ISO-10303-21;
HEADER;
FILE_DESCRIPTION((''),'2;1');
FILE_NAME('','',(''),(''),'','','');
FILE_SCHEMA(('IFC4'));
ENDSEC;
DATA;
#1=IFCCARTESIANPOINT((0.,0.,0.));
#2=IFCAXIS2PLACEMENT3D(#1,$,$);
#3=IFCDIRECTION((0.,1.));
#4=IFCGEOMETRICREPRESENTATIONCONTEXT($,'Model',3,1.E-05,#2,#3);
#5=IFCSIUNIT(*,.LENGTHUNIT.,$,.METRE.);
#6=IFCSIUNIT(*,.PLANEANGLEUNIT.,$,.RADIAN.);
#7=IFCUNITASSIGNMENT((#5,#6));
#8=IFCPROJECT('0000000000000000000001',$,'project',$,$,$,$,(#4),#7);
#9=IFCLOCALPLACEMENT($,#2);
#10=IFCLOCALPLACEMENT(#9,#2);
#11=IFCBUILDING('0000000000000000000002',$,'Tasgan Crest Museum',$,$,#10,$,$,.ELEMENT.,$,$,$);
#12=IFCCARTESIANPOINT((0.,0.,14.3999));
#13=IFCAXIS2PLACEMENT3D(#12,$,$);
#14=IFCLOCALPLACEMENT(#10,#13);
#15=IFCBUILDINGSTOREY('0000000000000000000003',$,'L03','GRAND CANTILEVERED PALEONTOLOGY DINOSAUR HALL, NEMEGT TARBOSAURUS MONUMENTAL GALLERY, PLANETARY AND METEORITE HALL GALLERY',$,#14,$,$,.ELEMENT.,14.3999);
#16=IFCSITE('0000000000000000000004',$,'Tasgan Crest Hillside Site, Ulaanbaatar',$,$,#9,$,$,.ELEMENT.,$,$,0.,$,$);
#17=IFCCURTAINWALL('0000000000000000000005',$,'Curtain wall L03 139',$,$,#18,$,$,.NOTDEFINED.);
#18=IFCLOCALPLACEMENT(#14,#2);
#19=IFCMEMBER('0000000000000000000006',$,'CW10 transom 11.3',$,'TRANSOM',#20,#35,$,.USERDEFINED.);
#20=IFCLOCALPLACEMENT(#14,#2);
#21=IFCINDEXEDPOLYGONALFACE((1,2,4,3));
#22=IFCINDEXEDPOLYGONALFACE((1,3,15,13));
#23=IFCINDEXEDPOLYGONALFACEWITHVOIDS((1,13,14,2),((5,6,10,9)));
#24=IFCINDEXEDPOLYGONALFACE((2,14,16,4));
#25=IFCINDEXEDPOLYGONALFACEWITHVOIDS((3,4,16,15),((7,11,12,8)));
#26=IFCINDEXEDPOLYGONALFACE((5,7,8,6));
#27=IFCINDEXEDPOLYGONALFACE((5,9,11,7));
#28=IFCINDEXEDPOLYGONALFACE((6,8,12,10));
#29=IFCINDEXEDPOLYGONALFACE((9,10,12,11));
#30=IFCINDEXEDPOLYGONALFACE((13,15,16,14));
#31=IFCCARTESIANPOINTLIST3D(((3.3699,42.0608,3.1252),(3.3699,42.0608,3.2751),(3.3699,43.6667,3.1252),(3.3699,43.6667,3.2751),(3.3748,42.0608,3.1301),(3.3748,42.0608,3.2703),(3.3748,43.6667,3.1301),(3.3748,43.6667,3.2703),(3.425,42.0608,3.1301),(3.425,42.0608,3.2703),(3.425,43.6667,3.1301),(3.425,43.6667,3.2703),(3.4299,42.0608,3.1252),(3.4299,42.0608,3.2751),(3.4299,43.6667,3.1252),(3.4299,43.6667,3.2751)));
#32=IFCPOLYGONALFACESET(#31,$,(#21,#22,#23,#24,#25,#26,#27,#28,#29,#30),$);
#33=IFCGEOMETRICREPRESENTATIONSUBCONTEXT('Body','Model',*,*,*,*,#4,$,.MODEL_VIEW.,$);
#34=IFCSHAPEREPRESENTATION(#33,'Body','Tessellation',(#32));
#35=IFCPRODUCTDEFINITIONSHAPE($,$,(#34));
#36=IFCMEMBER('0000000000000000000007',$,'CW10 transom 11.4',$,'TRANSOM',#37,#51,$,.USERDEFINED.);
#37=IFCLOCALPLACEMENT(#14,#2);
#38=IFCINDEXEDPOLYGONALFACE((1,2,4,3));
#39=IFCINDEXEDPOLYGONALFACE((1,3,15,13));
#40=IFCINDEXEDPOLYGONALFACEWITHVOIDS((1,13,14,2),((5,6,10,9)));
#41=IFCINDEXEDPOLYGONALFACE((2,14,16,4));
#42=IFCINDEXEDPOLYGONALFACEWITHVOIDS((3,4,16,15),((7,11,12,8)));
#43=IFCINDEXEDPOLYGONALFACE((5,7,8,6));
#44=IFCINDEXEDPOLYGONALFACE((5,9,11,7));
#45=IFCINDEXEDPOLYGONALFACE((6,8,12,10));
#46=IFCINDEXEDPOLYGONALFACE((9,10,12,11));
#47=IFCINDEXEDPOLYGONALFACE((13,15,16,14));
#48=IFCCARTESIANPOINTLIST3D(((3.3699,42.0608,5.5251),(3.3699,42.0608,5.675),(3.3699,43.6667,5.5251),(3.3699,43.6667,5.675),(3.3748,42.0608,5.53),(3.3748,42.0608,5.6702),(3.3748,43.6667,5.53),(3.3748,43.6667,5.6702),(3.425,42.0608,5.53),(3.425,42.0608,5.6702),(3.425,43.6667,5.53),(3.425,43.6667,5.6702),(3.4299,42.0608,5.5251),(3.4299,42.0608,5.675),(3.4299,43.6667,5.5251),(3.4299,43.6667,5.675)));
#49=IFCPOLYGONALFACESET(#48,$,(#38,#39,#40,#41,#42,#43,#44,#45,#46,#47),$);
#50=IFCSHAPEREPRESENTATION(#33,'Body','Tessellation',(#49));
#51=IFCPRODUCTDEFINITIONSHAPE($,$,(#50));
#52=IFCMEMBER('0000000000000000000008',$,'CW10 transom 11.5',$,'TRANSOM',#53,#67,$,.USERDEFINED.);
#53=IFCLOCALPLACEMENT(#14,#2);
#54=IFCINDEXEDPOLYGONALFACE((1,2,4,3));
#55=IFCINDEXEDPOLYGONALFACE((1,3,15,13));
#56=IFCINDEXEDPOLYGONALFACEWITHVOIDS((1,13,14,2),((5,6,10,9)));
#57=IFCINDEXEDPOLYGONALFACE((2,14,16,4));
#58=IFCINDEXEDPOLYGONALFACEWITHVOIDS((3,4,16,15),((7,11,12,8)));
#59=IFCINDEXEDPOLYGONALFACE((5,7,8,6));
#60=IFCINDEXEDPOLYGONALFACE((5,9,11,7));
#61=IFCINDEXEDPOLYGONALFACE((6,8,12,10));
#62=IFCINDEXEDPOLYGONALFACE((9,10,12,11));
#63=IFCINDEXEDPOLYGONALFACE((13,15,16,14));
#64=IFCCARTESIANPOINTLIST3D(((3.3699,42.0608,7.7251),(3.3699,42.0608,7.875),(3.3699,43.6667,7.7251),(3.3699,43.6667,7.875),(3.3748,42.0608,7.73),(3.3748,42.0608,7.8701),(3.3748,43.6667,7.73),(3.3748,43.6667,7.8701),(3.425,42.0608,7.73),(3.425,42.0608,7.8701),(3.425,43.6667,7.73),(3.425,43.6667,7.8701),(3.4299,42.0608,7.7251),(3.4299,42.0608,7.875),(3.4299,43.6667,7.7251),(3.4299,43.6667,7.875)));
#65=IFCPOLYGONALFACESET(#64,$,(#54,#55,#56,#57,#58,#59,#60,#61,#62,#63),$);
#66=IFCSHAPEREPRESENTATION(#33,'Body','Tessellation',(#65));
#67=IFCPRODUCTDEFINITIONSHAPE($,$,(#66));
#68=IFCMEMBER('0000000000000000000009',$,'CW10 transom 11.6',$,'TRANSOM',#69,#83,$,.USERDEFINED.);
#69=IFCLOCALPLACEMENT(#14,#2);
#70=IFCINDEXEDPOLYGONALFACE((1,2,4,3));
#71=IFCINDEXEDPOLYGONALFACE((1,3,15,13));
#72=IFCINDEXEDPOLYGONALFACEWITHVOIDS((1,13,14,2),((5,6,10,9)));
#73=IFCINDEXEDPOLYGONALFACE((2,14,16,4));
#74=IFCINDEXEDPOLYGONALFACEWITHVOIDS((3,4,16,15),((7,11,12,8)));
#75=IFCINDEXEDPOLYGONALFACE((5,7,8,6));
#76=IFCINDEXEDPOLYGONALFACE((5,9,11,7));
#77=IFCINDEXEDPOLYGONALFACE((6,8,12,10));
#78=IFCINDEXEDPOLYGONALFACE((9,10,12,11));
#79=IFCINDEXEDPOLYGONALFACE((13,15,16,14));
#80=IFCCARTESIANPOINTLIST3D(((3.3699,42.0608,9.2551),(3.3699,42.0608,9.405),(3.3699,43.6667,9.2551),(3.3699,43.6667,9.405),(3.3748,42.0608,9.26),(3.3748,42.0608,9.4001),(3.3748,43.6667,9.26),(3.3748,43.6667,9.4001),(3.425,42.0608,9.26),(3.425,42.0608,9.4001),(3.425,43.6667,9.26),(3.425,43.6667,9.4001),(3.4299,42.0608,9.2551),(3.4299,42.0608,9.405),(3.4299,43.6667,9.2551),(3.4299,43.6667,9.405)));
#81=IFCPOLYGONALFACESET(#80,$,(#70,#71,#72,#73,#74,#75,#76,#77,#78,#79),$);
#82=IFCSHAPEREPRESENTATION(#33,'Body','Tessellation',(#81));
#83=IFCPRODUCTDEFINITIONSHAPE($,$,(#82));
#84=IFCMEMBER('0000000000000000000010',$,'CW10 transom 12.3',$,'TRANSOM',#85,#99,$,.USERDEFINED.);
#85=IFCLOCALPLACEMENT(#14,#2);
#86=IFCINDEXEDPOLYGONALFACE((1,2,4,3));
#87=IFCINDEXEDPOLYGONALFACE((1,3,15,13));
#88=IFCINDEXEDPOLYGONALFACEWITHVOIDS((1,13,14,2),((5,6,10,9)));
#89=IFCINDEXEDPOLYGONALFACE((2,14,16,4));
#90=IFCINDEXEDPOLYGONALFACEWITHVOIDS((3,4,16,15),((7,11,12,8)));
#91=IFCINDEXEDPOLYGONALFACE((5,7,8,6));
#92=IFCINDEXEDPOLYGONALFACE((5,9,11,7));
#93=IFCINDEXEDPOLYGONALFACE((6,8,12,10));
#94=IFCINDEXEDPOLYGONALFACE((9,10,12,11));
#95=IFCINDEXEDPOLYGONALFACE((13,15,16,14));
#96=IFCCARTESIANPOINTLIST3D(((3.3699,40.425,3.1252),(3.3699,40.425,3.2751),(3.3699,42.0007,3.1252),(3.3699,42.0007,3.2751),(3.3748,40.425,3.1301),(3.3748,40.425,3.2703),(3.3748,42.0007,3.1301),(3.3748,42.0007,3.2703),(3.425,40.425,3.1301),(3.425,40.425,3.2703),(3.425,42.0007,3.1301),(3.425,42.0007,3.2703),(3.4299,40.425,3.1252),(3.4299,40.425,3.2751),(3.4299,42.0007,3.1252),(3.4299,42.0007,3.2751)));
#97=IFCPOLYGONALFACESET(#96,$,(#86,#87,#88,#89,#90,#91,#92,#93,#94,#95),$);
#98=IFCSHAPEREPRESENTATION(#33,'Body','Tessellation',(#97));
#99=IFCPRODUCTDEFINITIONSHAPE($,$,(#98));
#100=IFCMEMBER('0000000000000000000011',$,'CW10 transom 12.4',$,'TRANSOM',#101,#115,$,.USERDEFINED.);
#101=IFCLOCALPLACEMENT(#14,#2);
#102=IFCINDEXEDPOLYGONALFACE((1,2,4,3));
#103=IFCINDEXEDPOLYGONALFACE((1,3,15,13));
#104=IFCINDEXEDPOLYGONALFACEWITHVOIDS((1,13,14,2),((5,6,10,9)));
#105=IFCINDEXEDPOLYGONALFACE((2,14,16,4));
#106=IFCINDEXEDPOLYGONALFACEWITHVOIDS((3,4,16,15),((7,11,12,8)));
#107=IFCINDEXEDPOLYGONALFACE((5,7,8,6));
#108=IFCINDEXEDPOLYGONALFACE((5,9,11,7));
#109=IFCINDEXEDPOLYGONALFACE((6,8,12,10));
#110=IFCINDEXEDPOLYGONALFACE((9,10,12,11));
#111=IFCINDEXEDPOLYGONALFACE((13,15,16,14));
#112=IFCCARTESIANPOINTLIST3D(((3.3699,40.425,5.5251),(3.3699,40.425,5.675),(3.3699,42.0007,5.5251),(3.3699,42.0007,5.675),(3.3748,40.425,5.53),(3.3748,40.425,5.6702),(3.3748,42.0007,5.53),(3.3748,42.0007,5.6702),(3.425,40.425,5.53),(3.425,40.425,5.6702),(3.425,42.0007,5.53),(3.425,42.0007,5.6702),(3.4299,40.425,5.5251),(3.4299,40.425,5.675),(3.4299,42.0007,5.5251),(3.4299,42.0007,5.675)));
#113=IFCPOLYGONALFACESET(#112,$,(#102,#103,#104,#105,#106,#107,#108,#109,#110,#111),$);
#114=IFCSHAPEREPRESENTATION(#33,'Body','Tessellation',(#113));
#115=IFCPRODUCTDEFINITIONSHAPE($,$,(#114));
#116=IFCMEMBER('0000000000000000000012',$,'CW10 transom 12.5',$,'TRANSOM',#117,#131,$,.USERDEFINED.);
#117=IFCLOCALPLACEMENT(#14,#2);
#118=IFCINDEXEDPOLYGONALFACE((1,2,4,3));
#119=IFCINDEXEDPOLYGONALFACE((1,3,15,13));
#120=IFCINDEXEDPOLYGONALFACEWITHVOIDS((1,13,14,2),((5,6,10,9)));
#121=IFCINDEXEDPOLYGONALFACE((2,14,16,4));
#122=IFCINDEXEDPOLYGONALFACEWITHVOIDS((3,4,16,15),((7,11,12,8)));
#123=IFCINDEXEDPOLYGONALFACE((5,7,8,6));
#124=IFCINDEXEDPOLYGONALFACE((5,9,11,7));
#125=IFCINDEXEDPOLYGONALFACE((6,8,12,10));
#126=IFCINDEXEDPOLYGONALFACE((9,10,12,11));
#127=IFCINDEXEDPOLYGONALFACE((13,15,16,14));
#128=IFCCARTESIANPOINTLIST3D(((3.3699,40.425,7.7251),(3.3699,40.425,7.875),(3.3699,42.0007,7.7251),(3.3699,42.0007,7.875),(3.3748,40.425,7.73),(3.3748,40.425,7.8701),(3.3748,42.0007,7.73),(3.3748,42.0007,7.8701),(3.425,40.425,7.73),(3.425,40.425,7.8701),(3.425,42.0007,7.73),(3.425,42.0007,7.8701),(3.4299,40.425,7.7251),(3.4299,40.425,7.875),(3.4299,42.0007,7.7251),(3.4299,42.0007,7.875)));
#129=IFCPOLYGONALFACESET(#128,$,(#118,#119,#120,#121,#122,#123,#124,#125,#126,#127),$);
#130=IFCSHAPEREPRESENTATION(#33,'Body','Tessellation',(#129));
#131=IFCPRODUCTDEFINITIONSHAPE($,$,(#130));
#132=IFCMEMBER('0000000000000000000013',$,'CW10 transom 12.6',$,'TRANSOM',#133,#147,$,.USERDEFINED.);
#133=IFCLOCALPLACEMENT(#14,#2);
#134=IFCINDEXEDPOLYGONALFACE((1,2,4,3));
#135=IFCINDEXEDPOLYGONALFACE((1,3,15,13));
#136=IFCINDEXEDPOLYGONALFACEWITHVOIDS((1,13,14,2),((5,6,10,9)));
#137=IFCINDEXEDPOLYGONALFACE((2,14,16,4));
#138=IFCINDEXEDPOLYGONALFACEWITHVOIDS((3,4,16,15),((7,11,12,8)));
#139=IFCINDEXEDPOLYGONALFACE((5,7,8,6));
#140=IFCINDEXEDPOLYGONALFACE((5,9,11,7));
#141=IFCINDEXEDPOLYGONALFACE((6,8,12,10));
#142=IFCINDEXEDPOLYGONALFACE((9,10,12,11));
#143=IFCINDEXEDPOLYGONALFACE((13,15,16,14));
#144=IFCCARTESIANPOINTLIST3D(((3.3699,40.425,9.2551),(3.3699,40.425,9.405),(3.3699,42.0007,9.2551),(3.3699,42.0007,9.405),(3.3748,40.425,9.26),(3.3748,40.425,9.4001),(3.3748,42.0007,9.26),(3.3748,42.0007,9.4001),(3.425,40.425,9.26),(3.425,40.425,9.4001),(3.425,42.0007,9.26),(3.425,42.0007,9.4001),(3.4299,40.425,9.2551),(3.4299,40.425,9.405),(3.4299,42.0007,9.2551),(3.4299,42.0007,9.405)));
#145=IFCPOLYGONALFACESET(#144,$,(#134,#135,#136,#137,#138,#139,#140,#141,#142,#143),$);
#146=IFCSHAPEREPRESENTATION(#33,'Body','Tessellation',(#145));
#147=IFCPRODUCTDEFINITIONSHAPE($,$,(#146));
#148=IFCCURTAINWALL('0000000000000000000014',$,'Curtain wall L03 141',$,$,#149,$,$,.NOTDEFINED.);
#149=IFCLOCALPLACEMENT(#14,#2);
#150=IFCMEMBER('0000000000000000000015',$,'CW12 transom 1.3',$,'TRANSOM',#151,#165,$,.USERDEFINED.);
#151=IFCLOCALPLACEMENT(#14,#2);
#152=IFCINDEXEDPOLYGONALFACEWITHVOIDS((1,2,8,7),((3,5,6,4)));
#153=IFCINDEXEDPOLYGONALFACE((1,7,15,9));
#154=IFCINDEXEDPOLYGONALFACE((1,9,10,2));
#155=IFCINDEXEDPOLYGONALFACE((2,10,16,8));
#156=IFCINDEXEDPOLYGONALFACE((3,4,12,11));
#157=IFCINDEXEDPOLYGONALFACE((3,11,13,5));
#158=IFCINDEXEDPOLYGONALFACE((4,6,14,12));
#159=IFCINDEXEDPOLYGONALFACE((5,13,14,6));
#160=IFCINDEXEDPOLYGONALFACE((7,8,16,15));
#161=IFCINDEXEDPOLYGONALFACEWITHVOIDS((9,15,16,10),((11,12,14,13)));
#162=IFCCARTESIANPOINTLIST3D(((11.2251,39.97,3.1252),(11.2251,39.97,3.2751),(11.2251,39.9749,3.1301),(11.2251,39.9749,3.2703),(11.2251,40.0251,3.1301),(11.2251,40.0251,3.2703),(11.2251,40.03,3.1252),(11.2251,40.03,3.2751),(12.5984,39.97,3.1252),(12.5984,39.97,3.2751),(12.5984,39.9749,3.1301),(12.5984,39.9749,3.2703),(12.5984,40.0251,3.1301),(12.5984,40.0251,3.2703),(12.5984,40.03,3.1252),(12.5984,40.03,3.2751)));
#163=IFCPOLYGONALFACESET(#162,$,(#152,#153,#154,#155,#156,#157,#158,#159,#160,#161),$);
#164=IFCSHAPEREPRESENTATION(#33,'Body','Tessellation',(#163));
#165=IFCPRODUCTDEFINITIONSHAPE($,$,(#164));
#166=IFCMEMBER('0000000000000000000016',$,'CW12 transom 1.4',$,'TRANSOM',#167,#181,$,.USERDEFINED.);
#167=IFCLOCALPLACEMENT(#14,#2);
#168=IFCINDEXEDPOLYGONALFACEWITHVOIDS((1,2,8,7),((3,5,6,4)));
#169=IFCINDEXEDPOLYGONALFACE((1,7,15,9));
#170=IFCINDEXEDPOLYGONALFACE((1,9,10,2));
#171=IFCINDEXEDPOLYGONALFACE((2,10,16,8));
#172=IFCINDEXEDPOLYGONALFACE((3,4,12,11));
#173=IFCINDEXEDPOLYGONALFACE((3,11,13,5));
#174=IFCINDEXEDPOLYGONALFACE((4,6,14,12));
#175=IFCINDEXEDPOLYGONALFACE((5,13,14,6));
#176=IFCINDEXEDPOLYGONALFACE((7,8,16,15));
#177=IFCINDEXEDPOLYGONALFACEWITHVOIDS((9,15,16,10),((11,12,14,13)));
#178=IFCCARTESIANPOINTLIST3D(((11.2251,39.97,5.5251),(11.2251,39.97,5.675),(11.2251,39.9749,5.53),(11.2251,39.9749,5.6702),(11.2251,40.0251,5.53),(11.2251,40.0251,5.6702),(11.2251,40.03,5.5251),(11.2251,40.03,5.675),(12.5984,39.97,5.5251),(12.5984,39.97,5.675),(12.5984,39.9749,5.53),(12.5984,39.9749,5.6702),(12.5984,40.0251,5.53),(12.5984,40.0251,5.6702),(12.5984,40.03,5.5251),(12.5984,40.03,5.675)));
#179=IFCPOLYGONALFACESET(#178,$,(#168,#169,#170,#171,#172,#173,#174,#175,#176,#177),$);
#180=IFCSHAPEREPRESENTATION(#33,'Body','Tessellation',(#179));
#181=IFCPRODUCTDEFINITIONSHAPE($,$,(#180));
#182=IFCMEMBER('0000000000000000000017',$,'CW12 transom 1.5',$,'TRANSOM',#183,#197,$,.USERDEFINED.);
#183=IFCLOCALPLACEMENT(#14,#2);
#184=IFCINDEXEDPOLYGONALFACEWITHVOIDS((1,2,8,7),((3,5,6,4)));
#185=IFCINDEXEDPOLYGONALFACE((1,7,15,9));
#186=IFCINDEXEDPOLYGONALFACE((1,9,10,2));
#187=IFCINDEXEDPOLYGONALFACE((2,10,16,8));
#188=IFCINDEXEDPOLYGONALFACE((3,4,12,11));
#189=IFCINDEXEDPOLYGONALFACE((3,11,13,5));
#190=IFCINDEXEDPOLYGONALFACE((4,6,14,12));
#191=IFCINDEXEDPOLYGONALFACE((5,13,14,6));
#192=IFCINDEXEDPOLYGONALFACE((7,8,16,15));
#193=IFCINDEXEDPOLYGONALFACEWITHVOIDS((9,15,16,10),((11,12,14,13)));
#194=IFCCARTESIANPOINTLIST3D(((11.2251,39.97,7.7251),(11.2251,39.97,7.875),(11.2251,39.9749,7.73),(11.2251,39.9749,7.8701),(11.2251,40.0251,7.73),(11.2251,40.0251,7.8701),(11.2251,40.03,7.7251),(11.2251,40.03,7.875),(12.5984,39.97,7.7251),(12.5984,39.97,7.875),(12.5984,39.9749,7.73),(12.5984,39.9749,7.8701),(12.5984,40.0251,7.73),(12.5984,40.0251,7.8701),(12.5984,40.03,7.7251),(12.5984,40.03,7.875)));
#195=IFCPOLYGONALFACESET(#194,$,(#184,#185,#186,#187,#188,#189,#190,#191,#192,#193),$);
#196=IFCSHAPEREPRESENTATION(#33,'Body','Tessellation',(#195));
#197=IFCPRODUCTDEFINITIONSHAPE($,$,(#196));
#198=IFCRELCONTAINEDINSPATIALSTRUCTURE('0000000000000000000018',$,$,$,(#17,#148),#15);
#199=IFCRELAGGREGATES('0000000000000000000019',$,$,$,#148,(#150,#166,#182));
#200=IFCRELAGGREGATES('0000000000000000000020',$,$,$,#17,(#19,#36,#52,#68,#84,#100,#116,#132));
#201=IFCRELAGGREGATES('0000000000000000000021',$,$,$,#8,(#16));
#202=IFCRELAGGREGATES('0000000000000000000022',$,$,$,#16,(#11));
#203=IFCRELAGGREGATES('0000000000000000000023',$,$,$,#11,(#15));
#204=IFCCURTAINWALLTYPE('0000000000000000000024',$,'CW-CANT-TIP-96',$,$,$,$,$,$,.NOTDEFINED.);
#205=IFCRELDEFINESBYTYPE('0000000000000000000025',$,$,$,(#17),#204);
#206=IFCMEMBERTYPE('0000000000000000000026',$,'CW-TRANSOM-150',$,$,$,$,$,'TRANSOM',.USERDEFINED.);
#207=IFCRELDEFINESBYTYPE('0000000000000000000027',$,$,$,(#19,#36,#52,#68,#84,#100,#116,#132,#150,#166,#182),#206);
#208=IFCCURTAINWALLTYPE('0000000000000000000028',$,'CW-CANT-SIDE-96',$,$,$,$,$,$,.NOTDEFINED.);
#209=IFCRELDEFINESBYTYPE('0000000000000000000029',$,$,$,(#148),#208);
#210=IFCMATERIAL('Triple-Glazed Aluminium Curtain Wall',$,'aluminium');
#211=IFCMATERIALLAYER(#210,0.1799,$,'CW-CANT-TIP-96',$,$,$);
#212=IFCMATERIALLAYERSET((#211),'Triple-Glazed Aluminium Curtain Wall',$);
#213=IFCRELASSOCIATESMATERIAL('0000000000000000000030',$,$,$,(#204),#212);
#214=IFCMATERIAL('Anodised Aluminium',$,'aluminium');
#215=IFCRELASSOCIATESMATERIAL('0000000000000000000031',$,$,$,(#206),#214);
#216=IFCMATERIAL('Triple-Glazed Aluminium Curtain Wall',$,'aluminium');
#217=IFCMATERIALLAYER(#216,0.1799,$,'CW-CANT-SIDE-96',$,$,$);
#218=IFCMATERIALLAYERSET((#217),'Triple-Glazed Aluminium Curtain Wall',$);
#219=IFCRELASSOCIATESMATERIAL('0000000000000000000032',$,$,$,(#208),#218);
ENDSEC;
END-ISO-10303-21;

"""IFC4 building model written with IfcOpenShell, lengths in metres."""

from ifc_helpers import new_model, si_unit, direction, frame, origin, origin_2d, place, context, subcontext, project, spatial, hollow_rectangle, extrude, material, layer, layer_set, material_profile, profile_set, type_object, element, aggregate, save


model = new_model("IFC4")

# Units and contexts
model_context = context("Model", 3, precision=1e-05, world=origin(), true_north=direction((0.0, 1.0)))
body_context = subcontext(model_context, "Body", "Model", "MODEL_VIEW")
ifc_project = project(units=[si_unit("LENGTHUNIT", "METRE"), si_unit("PLANEANGLEUNIT", "RADIAN")], contexts=[model_context])

# Site, building, storey
site_placement = place(None, origin())
site = spatial("IfcSite", under=ifc_project, at=site_placement, Name="Tasgan Crest Hillside Site, Ulaanbaatar", CompositionType="ELEMENT", RefElevation=0.0)
building_placement = place(site_placement, origin())
building = spatial("IfcBuilding", under=site, at=building_placement, Name="Tasgan Crest Museum", CompositionType="ELEMENT")
storey_placement = place(building_placement, frame((0.0, 0.0, 14.3999)))
storey = spatial("IfcBuildingStorey", under=building, at=storey_placement, Name="L03", Description="GRAND CANTILEVERED PALEONTOLOGY DINOSAUR HALL, NEMEGT TARBOSAURUS MONUMENTAL GALLERY, PLANETARY AND METEORITE HALL GALLERY", CompositionType="ELEMENT", Elevation=14.3999)

# Curtain walls, members
ifc_material_1 = material(Name="Triple-Glazed Aluminium Curtain Wall", Category="aluminium")
ifc_layer_1 = layer(ifc_material_1, 0.1799, Name="CW-CANT-TIP-96")
ifc_layer_set_1 = layer_set([ifc_layer_1], Name="Triple-Glazed Aluminium Curtain Wall")
curtain_wall_type_1 = type_object("IfcCurtainWallType", Name="CW-CANT-TIP-96", PredefinedType="NOTDEFINED", material=ifc_layer_set_1)
curtain_wall_1_placement = place(storey_placement, origin())
curtain_wall_1 = element("IfcCurtainWall", 1, at=curtain_wall_1_placement, inside=storey, type_object=curtain_wall_type_1, Name="Curtain wall L03 139", PredefinedType="NOTDEFINED")
ifc_material_2 = material(Name="Anodised Aluminium", Category="aluminium")
ifc_material_profile = material_profile(ifc_material_2, hollow_rectangle(XDim=0.0601, YDim=0.1499, WallThickness=0.0049, at=origin_2d()), Name="ALU TRANSOM 150x60x5")
ifc_profile_set = profile_set([ifc_material_profile], Name="Anodised Aluminium")
member_type = type_object("IfcMemberType", Name="CW-TRANSOM-150", ElementType="TRANSOM", PredefinedType="USERDEFINED", material=ifc_profile_set)
member_1_placement = place(storey_placement, frame((3.3999, 43.6667, 3.2002), z_axis=(0.0, -1.0, 0.0), x_axis=(1.0, 0.0, 0.0)))
member_1 = element("IfcMember", 2, at=member_1_placement, type_object=member_type, Name="CW10 transom 11.3", ObjectType="TRANSOM", PredefinedType="USERDEFINED", context=body_context, shape_type="SweptSolid", body=[
    extrude(hollow_rectangle(XDim=0.0601, YDim=0.1499, WallThickness=0.0049, at=origin_2d()), origin(), (0.0, 0.0, 1.0), 1.606),
])
member_2_placement = place(storey_placement, frame((3.3999, 43.6667, 5.6001), z_axis=(0.0, -1.0, 0.0), x_axis=(1.0, 0.0, 0.0)))
member_2 = element("IfcMember", 3, at=member_2_placement, type_object=member_type, Name="CW10 transom 11.4", ObjectType="TRANSOM", PredefinedType="USERDEFINED", context=body_context, shape_type="SweptSolid", body=[
    extrude(hollow_rectangle(XDim=0.0601, YDim=0.1499, WallThickness=0.0049, at=origin_2d()), origin(), (0.0, 0.0, 1.0), 1.606),
])
member_3_placement = place(storey_placement, frame((3.3999, 43.6667, 7.8), z_axis=(0.0, -1.0, 0.0), x_axis=(1.0, 0.0, 0.0)))
member_3 = element("IfcMember", 4, at=member_3_placement, type_object=member_type, Name="CW10 transom 11.5", ObjectType="TRANSOM", PredefinedType="USERDEFINED", context=body_context, shape_type="SweptSolid", body=[
    extrude(hollow_rectangle(XDim=0.0601, YDim=0.1499, WallThickness=0.0049, at=origin_2d()), origin(), (0.0, 0.0, 1.0), 1.606),
])
member_4_placement = place(storey_placement, frame((3.3999, 43.6667, 9.3301), z_axis=(0.0, -1.0, 0.0), x_axis=(1.0, 0.0, 0.0)))
member_4 = element("IfcMember", 5, at=member_4_placement, type_object=member_type, Name="CW10 transom 11.6", ObjectType="TRANSOM", PredefinedType="USERDEFINED", context=body_context, shape_type="SweptSolid", body=[
    extrude(hollow_rectangle(XDim=0.0601, YDim=0.1499, WallThickness=0.0049, at=origin_2d()), origin(), (0.0, 0.0, 1.0), 1.606),
])
member_5_placement = place(storey_placement, frame((3.3999, 42.0007, 3.2002), z_axis=(0.0, -1.0, 0.0), x_axis=(1.0, 0.0, 0.0)))
member_5 = element("IfcMember", 6, at=member_5_placement, type_object=member_type, Name="CW10 transom 12.3", ObjectType="TRANSOM", PredefinedType="USERDEFINED", context=body_context, shape_type="SweptSolid", body=[
    extrude(hollow_rectangle(XDim=0.0601, YDim=0.1499, WallThickness=0.0049, at=origin_2d()), origin(), (0.0, 0.0, 1.0), 1.5757),
])
member_6_placement = place(storey_placement, frame((3.3999, 42.0007, 5.6001), z_axis=(0.0, -1.0, 0.0), x_axis=(1.0, 0.0, 0.0)))
member_6 = element("IfcMember", 7, at=member_6_placement, type_object=member_type, Name="CW10 transom 12.4", ObjectType="TRANSOM", PredefinedType="USERDEFINED", context=body_context, shape_type="SweptSolid", body=[
    extrude(hollow_rectangle(XDim=0.0601, YDim=0.1499, WallThickness=0.0049, at=origin_2d()), origin(), (0.0, 0.0, 1.0), 1.5757),
])
member_7_placement = place(storey_placement, frame((3.3999, 42.0007, 7.8), z_axis=(0.0, -1.0, 0.0), x_axis=(1.0, 0.0, 0.0)))
member_7 = element("IfcMember", 8, at=member_7_placement, type_object=member_type, Name="CW10 transom 12.5", ObjectType="TRANSOM", PredefinedType="USERDEFINED", context=body_context, shape_type="SweptSolid", body=[
    extrude(hollow_rectangle(XDim=0.0601, YDim=0.1499, WallThickness=0.0049, at=origin_2d()), origin(), (0.0, 0.0, 1.0), 1.5757),
])
member_8_placement = place(storey_placement, frame((3.3999, 42.0007, 9.3301), z_axis=(0.0, -1.0, 0.0), x_axis=(1.0, 0.0, 0.0)))
member_8 = element("IfcMember", 9, at=member_8_placement, type_object=member_type, Name="CW10 transom 12.6", ObjectType="TRANSOM", PredefinedType="USERDEFINED", context=body_context, shape_type="SweptSolid", body=[
    extrude(hollow_rectangle(XDim=0.0601, YDim=0.1499, WallThickness=0.0049, at=origin_2d()), origin(), (0.0, 0.0, 1.0), 1.5757),
])
ifc_material_3 = material(Name="Triple-Glazed Aluminium Curtain Wall", Category="aluminium")
ifc_layer_2 = layer(ifc_material_3, 0.1799, Name="CW-CANT-SIDE-96")
ifc_layer_set_2 = layer_set([ifc_layer_2], Name="Triple-Glazed Aluminium Curtain Wall")
curtain_wall_type_2 = type_object("IfcCurtainWallType", Name="CW-CANT-SIDE-96", PredefinedType="NOTDEFINED", material=ifc_layer_set_2)
curtain_wall_2_placement = place(storey_placement, origin())
curtain_wall_2 = element("IfcCurtainWall", 10, at=curtain_wall_2_placement, inside=storey, type_object=curtain_wall_type_2, Name="Curtain wall L03 141", PredefinedType="NOTDEFINED")
member_9_placement = place(storey_placement, frame((11.2251, 40.0, 3.2002), z_axis=(1.0, 0.0, 0.0), x_axis=(0.0, 1.0, 0.0)))
member_9 = element("IfcMember", 11, at=member_9_placement, type_object=member_type, Name="CW12 transom 1.3", ObjectType="TRANSOM", PredefinedType="USERDEFINED", context=body_context, shape_type="SweptSolid", body=[
    extrude(hollow_rectangle(XDim=0.0601, YDim=0.1499, WallThickness=0.0049, at=origin_2d()), origin(), (0.0, 0.0, 1.0), 1.3733),
])
member_10_placement = place(storey_placement, frame((11.2251, 40.0, 5.6001), z_axis=(1.0, 0.0, 0.0), x_axis=(0.0, 1.0, 0.0)))
member_10 = element("IfcMember", 12, at=member_10_placement, type_object=member_type, Name="CW12 transom 1.4", ObjectType="TRANSOM", PredefinedType="USERDEFINED", context=body_context, shape_type="SweptSolid", body=[
    extrude(hollow_rectangle(XDim=0.0601, YDim=0.1499, WallThickness=0.0049, at=origin_2d()), origin(), (0.0, 0.0, 1.0), 1.3733),
])
member_11_placement = place(storey_placement, frame((11.2251, 40.0, 7.8), z_axis=(1.0, 0.0, 0.0), x_axis=(0.0, 1.0, 0.0)))
member_11 = element("IfcMember", 13, at=member_11_placement, type_object=member_type, Name="CW12 transom 1.5", ObjectType="TRANSOM", PredefinedType="USERDEFINED", context=body_context, shape_type="SweptSolid", body=[
    extrude(hollow_rectangle(XDim=0.0601, YDim=0.1499, WallThickness=0.0049, at=origin_2d()), origin(), (0.0, 0.0, 1.0), 1.3733),
])
aggregate(curtain_wall_2, [member_9, member_10, member_11])

aggregate(curtain_wall_1, [member_1, member_2, member_3, member_4, member_5, member_6, member_7, member_8])

save(model, "model.ifc")
